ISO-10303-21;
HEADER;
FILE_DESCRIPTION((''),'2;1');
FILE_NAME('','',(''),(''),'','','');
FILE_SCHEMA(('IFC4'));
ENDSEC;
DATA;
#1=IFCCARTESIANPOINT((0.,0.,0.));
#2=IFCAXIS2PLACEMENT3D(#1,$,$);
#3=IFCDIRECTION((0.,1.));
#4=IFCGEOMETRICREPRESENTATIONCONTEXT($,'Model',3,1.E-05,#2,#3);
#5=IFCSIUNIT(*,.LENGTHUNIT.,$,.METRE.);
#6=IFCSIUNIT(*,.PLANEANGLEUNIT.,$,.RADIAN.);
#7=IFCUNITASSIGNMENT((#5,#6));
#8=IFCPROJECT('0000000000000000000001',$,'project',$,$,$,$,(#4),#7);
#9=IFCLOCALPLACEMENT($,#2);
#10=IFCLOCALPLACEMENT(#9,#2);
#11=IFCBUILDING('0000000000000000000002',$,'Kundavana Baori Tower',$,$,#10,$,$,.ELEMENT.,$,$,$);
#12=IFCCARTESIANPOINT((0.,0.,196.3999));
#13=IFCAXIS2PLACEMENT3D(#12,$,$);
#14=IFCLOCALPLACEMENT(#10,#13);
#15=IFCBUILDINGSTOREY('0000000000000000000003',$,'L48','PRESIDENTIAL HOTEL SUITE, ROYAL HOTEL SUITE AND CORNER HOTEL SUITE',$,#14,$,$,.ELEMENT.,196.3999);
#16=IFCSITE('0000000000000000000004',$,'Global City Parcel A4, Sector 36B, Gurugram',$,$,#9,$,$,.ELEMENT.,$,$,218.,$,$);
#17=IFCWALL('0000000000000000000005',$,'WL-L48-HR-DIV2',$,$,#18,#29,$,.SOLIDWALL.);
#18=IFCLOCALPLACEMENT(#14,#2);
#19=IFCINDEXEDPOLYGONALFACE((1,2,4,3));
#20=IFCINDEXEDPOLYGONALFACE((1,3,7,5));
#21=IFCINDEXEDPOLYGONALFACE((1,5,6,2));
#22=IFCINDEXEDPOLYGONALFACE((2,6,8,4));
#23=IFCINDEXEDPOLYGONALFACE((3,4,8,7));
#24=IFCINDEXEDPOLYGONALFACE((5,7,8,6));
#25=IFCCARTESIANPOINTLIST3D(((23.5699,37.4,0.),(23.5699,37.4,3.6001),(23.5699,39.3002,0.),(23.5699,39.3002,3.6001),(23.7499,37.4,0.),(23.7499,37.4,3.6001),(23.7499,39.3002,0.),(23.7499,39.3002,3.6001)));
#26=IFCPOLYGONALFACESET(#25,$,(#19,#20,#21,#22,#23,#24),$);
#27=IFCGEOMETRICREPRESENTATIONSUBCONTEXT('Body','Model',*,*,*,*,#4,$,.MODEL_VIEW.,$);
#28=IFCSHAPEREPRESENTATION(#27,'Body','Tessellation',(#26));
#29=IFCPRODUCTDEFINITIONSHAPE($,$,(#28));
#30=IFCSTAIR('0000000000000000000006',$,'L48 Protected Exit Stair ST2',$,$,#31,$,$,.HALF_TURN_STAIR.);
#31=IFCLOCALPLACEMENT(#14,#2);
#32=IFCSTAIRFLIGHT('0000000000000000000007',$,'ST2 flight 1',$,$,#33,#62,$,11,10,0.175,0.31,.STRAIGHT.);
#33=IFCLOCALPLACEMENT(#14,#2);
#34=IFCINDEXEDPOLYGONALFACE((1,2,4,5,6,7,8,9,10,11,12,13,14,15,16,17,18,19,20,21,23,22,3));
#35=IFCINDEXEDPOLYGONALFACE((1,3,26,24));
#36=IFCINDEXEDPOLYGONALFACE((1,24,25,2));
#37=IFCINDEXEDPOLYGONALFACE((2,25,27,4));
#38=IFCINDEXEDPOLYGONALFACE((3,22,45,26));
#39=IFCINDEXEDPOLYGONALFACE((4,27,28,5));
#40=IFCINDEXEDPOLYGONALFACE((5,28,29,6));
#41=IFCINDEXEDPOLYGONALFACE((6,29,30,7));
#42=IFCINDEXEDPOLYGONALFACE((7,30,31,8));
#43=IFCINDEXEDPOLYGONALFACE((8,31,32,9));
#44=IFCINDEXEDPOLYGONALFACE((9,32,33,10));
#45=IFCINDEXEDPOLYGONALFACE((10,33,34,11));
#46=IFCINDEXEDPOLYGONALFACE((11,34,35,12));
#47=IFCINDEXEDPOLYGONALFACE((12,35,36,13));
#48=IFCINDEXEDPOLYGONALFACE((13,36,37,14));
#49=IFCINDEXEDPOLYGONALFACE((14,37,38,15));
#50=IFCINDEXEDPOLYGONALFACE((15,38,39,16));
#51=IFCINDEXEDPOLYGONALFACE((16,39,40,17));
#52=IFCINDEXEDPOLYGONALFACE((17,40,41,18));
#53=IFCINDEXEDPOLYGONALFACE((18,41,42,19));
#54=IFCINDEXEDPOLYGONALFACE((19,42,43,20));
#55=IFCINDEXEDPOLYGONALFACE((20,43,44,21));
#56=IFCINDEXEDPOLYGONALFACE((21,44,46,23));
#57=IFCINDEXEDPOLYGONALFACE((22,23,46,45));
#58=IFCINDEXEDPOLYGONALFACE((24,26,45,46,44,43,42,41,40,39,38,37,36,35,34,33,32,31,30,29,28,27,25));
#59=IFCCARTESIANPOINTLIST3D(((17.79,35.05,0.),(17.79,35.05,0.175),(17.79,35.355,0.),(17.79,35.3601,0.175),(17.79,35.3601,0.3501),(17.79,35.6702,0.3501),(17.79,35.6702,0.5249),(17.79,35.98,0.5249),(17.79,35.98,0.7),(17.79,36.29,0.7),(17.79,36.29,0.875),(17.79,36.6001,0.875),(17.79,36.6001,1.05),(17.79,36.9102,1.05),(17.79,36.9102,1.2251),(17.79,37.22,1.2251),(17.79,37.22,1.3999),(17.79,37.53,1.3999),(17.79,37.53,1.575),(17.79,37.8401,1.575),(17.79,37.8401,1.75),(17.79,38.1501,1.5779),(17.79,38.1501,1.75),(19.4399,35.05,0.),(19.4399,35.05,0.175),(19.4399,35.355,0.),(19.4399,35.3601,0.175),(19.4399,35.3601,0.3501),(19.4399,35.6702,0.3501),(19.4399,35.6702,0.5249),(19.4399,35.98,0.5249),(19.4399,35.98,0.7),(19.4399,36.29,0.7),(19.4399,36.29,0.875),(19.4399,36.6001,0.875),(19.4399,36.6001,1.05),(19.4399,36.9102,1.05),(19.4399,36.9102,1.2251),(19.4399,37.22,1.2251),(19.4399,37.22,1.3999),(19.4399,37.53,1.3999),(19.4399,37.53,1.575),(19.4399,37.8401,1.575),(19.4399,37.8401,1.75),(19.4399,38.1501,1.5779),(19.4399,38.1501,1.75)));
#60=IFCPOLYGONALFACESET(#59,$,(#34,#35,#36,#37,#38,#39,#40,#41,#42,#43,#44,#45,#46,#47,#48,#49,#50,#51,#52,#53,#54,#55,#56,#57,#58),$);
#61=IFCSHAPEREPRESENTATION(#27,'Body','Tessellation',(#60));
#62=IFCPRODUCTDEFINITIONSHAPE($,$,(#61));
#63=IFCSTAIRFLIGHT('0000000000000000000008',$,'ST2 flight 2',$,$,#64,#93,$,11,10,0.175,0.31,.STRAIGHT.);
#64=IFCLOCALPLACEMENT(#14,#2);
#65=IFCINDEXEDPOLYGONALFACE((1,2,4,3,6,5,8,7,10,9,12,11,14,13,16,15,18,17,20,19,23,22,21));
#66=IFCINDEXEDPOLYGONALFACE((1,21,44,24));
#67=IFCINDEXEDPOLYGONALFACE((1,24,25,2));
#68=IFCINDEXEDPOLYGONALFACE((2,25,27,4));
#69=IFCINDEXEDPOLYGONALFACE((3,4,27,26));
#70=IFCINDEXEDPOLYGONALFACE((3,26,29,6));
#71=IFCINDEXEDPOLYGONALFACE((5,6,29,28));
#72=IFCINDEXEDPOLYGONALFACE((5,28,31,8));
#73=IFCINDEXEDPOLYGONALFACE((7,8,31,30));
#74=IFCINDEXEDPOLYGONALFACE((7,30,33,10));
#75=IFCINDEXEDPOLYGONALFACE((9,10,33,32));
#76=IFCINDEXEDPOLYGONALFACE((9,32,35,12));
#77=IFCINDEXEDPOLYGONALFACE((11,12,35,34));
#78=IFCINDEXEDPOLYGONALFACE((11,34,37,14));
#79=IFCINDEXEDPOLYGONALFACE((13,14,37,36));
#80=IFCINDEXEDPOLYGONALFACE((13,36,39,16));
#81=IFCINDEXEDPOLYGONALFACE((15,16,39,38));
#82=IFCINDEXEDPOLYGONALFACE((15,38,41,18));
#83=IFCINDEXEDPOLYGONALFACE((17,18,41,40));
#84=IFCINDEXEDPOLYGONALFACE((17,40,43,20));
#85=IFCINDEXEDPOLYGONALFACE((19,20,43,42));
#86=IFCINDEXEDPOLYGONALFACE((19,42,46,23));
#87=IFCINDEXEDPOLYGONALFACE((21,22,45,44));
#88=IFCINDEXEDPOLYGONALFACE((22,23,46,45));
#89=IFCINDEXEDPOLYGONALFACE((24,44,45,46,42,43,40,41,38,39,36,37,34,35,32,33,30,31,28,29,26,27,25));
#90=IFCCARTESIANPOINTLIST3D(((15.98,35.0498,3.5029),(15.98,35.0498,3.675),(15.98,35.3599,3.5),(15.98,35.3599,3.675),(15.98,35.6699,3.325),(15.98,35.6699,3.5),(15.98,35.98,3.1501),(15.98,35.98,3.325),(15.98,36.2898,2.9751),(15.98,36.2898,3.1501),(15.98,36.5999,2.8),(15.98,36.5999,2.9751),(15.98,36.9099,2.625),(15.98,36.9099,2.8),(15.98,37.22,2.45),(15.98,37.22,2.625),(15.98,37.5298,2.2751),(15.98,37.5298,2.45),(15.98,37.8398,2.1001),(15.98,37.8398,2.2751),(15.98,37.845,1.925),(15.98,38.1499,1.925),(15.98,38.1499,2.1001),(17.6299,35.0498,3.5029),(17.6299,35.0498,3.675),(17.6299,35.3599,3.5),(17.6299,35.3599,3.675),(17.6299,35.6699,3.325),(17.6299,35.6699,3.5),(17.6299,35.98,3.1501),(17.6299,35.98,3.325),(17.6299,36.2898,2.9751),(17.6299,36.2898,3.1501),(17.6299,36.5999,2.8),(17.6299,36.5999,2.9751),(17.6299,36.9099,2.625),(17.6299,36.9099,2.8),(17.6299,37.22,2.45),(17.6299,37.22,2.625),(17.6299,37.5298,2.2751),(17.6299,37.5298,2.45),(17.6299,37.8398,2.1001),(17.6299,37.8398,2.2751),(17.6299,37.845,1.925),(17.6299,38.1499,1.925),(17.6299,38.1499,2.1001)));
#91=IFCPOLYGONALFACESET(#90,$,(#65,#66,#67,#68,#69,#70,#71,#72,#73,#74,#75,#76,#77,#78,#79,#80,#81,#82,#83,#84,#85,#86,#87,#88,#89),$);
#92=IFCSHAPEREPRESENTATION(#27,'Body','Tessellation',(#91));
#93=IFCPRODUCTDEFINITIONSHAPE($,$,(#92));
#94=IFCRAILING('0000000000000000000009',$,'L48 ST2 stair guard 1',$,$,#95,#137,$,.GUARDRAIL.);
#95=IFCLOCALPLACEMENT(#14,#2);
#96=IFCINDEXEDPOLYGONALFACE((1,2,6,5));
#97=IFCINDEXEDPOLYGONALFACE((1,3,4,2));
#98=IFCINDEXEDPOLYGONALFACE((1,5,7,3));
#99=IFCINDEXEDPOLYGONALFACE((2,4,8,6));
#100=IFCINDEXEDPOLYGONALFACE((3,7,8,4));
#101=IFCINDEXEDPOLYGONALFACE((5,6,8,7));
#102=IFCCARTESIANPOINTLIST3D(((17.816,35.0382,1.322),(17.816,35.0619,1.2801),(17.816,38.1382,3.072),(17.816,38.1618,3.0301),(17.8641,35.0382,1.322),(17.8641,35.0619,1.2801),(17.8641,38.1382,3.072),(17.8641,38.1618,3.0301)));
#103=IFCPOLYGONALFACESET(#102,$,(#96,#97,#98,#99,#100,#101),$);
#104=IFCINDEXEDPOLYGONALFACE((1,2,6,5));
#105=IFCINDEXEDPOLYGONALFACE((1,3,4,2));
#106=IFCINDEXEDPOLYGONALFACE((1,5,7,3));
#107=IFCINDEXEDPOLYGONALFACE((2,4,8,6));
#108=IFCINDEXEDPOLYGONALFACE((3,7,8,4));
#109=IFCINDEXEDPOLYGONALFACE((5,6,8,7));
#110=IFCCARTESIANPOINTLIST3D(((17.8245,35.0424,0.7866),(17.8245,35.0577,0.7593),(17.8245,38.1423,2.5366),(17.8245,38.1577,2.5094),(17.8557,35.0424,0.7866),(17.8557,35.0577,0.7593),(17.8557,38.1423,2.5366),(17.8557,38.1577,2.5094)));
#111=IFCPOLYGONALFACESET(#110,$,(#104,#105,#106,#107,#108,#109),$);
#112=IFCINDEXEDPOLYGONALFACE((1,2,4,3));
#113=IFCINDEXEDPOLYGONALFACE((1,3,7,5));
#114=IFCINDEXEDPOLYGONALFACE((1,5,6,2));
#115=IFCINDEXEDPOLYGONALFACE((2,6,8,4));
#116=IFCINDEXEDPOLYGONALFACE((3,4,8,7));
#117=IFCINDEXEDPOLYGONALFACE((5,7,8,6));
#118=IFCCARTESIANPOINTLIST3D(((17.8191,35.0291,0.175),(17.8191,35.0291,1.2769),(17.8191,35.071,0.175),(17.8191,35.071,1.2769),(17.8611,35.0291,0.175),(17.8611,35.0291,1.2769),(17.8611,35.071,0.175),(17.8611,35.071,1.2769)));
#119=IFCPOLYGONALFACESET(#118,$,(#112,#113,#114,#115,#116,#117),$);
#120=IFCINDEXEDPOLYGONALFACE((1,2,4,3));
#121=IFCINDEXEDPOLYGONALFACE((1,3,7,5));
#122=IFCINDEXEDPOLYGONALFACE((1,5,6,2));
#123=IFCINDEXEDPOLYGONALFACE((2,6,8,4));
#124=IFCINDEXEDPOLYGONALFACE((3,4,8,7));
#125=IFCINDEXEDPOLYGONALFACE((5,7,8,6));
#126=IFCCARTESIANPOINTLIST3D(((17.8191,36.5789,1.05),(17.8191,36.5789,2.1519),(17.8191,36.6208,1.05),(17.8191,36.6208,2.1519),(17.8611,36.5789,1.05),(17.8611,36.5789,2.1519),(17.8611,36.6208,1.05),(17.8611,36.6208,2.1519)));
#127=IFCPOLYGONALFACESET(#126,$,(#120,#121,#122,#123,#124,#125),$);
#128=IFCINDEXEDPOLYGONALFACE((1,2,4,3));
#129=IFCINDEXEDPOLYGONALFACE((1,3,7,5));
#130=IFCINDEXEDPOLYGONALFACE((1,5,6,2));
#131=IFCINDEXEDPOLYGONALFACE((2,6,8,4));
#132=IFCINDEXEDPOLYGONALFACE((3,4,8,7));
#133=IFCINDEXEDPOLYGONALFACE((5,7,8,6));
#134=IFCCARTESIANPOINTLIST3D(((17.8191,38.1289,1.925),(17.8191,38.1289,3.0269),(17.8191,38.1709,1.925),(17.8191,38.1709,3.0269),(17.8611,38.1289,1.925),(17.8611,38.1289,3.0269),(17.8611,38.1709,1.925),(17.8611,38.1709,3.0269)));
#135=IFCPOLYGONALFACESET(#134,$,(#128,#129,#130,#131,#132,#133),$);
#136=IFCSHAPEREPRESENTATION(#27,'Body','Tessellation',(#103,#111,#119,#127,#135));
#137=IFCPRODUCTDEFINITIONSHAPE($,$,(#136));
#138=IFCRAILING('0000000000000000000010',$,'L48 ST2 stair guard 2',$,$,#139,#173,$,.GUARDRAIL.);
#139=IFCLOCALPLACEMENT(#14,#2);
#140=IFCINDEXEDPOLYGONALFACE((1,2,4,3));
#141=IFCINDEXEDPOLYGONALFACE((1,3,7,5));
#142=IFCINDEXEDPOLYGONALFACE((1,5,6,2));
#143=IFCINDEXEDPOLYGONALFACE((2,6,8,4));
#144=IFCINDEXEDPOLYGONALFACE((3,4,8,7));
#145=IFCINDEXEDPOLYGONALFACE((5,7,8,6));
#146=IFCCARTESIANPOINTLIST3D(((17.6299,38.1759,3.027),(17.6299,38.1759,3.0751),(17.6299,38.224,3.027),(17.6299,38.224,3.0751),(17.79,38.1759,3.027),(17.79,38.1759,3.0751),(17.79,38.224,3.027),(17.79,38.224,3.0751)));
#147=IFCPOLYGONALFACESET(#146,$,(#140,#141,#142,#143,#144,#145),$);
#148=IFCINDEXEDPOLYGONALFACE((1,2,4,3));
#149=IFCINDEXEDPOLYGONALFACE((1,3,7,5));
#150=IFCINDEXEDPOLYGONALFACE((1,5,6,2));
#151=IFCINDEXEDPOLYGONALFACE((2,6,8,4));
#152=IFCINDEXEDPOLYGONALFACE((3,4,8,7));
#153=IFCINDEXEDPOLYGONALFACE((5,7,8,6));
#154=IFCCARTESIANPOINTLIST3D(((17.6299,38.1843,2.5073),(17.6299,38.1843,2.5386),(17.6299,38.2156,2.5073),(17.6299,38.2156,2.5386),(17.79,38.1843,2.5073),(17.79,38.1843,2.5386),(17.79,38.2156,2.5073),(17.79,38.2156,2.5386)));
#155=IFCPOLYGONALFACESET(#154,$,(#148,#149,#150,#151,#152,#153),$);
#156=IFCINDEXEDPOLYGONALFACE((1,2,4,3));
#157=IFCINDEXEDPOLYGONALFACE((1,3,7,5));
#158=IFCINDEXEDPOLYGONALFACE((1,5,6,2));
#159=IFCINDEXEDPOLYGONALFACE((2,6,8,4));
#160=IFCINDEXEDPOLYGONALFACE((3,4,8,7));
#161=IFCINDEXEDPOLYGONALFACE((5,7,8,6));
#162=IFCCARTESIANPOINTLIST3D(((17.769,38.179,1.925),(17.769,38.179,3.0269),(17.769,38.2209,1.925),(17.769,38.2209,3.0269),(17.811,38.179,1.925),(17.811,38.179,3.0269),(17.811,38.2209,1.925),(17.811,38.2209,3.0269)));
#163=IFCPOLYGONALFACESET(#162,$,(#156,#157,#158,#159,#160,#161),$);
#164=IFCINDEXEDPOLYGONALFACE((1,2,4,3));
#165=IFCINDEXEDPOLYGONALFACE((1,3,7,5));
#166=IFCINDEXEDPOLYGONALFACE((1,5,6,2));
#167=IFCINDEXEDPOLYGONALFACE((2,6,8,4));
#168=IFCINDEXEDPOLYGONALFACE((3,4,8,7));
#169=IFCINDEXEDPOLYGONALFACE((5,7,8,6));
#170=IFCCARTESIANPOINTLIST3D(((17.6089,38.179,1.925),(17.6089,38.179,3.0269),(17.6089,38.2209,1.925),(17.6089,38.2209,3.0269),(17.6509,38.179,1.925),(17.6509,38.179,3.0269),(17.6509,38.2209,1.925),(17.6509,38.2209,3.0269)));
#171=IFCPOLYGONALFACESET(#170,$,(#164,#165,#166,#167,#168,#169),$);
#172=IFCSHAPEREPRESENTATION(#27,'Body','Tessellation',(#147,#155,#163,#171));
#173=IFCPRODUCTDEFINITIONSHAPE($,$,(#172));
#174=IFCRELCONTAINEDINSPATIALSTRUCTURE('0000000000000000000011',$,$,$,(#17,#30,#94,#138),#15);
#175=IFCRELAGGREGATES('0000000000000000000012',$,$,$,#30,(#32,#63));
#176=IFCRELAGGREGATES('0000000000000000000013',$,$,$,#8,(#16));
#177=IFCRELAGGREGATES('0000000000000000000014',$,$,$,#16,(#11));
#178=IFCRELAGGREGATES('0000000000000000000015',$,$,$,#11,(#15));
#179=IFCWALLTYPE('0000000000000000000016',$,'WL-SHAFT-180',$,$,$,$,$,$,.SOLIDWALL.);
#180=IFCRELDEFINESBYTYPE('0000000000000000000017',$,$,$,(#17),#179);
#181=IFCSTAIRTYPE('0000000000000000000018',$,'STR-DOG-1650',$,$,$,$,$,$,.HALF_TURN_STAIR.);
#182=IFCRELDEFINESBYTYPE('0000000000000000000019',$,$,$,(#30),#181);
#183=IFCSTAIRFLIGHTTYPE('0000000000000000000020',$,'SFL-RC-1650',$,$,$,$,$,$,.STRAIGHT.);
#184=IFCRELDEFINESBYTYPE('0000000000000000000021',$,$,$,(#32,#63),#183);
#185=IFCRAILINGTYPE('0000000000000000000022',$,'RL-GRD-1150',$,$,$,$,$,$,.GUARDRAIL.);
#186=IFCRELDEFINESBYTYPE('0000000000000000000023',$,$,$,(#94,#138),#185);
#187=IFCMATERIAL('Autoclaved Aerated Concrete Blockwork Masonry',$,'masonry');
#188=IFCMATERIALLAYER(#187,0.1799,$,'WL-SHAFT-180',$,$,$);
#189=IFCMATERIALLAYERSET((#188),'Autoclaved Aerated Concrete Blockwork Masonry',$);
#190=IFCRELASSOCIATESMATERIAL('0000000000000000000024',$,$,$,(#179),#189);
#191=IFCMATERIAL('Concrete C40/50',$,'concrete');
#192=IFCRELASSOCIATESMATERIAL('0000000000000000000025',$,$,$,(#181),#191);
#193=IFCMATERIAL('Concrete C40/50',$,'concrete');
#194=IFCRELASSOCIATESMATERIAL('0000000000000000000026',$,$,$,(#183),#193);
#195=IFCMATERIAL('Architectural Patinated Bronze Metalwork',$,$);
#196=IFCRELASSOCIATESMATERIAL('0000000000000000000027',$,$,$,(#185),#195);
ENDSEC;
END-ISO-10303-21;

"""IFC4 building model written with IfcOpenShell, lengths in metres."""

from ifc_helpers import new_model, si_unit, direction, frame, frame_2d, origin, origin_2d, place, context, subcontext, project, spatial, polyline, rectangle, outline, extrude, material, layer, layer_set, type_object, element, aggregate, save


model = new_model("IFC4")

# Units and contexts
model_context = context("Model", 3, precision=1e-05, world=origin(), true_north=direction((0.0, 1.0)))
body_context = subcontext(model_context, "Body", "Model", "MODEL_VIEW")
ifc_project = project(units=[si_unit("LENGTHUNIT", "METRE"), si_unit("PLANEANGLEUNIT", "RADIAN")], contexts=[model_context])

# Site, building, storey
site_placement = place(None, origin())
site = spatial("IfcSite", under=ifc_project, at=site_placement, Name="Global City Parcel A4, Sector 36B, Gurugram", CompositionType="ELEMENT", RefElevation=218.0)
building_placement = place(site_placement, origin())
building = spatial("IfcBuilding", under=site, at=building_placement, Name="Kundavana Baori Tower", CompositionType="ELEMENT")
storey_placement = place(building_placement, frame((0.0, 0.0, 196.3999)))
storey = spatial("IfcBuildingStorey", under=building, at=storey_placement, Name="L48", Description="PRESIDENTIAL HOTEL SUITE, ROYAL HOTEL SUITE AND CORNER HOTEL SUITE", CompositionType="ELEMENT", Elevation=196.3999)

# Shared definitions
ifc_material_1 = material(Name="Autoclaved Aerated Concrete Blockwork Masonry", Category="masonry")
ifc_layer_1 = layer(ifc_material_1, 0.1799, Name="WL-SHAFT-180")
ifc_layer_set_1 = layer_set([ifc_layer_1], Name="Autoclaved Aerated Concrete Blockwork Masonry")
wall_type_1 = type_object("IfcWallType", Name="WL-SHAFT-180", PredefinedType="SOLIDWALL", material=ifc_layer_set_1)

# Wall
wall_1_placement = place(storey_placement, frame((23.6599, 37.3999, 0.0), z_axis=(0.0, 0.0, 1.0), x_axis=(0.0, 1.0, 0.0)))
element("IfcWall", 1, at=wall_1_placement, inside=storey, type_object=wall_type_1, Name="WL-L48-HR-DIV2", PredefinedType="SOLIDWALL", context=body_context, shape_type="SweptSolid", body=[
    extrude(rectangle(XDim=1.9001, YDim=0.1799, at=frame_2d((0.9502, 0.0))), origin(), (0.0, 0.0, 1.0), 3.6001),
])

# Stair, stair flights
ifc_material_2 = material(Name="Concrete C40/50", Category="concrete")
stair_type = type_object("IfcStairType", Name="STR-DOG-1650", PredefinedType="HALF_TURN_STAIR", material=ifc_material_2)
stair_placement = place(storey_placement, origin())
stair = element("IfcStair", 2, at=stair_placement, inside=storey, type_object=stair_type, Name="L48 Protected Exit Stair ST2", PredefinedType="HALF_TURN_STAIR")
ifc_material_3 = material(Name="Concrete C40/50", Category="concrete")
stair_flight_type = type_object("IfcStairFlightType", Name="SFL-RC-1650", PredefinedType="STRAIGHT", material=ifc_material_3)
stair_flight_1_placement = place(storey_placement, frame((18.615, 35.05, 0.0), z_axis=(0.0, 0.0, 1.0), x_axis=(0.0, 1.0, 0.0)))
stair_flight_1 = element("IfcStairFlight", 3, at=stair_flight_1_placement, type_object=stair_flight_type, Name="ST2 flight 1", NumberOfRisers=11, NumberOfTreads=10, PredefinedType="STRAIGHT", RiserHeight=0.175, TreadLength=0.31, context=body_context, shape_type="SweptSolid", body=[
    extrude(outline(polyline([(0.0, 0.0), (0.0, 0.175), (0.3101, 0.175), (0.3101, 0.3501), (0.6201, 0.3501), (0.6201, 0.5249), (0.9299, 0.5249), (0.9299, 0.7), (1.24, 0.7), (1.24, 0.875), (1.55, 0.875), (1.55, 1.05), (1.8601, 1.05), (1.8601, 1.2251), (2.1699, 1.2251), (2.1699, 1.3999), (2.48, 1.3999), (2.48, 1.575), (2.79, 1.575), (2.79, 1.75), (3.1001, 1.75), (3.1001, 1.925), (3.1001, 1.5779), (0.3049, 0.0), (0.0, 0.0)])), frame((0.0, 0.825, 0.0), z_axis=(0.0, -1.0, 0.0), x_axis=(1.0, 0.0, 0.0)), (0.0, 0.0, 1.0), 1.6499),
])
stair_flight_2_placement = place(storey_placement, frame((16.8049, 38.1499, 1.925), z_axis=(0.0, 0.0, 1.0), x_axis=(0.0, -1.0, 0.0)))
stair_flight_2 = element("IfcStairFlight", 4, at=stair_flight_2_placement, type_object=stair_flight_type, Name="ST2 flight 2", NumberOfRisers=11, NumberOfTreads=10, PredefinedType="STRAIGHT", RiserHeight=0.175, TreadLength=0.31, context=body_context, shape_type="SweptSolid", body=[
    extrude(outline(polyline([(0.0, 0.0), (0.0, 0.175), (0.3101, 0.175), (0.3101, 0.3501), (0.6201, 0.3501), (0.6201, 0.5249), (0.9299, 0.5249), (0.9299, 0.7), (1.24, 0.7), (1.24, 0.875), (1.55, 0.875), (1.55, 1.05), (1.8601, 1.05), (1.8601, 1.2251), (2.1699, 1.2251), (2.1699, 1.3999), (2.48, 1.3999), (2.48, 1.575), (2.79, 1.575), (2.79, 1.75), (3.1001, 1.75), (3.1001, 1.925), (3.1001, 1.5779), (0.3049, 0.0), (0.0, 0.0)])), frame((0.0, 0.825, 0.0), z_axis=(0.0, -1.0, 0.0), x_axis=(1.0, 0.0, 0.0)), (0.0, 0.0, 1.0), 1.6499),
])
aggregate(stair, [stair_flight_1, stair_flight_2])

# Railings
ifc_material_4 = material(Name="Architectural Patinated Bronze Metalwork")
railing_type_1 = type_object("IfcRailingType", Name="RL-GRD-1150", PredefinedType="GUARDRAIL", material=ifc_material_4)
railing_1_placement = place(storey_placement, frame((17.8401, 35.05, 0.175)))
element("IfcRailing", 5, at=railing_1_placement, inside=storey, type_object=railing_type_1, Name="L48 ST2 stair guard 1", PredefinedType="GUARDRAIL", context=body_context, shape_type="SweptSolid", body=[
    extrude(rectangle(XDim=0.0481, YDim=0.0481, at=origin_2d()), frame((0.0, 0.0, 1.126), z_axis=(0.0, 0.870814, 0.491612), x_axis=(-1.0, 0.0, 0.0)), (0.0, 0.0, 1.0), 3.5598),
    extrude(rectangle(XDim=0.0312, YDim=0.0312, at=origin_2d()), frame((0.0, 0.0, 0.5979), z_axis=(0.0, 0.870814, 0.491612), x_axis=(-1.0, 0.0, 0.0)), (0.0, 0.0, 1.0), 3.5598),
    extrude(rectangle(XDim=0.042, YDim=0.042, at=origin_2d()), origin(), (0.0, 0.0, 1.0), 1.1018),
    extrude(rectangle(XDim=0.042, YDim=0.042, at=origin_2d()), frame((0.0, 1.5498, 0.875)), (0.0, 0.0, 1.0), 1.1018),
    extrude(rectangle(XDim=0.042, YDim=0.042, at=origin_2d()), frame((0.0, 3.0999, 1.75)), (0.0, 0.0, 1.0), 1.1018),
])
railing_2_placement = place(storey_placement, frame((17.79, 38.2, 1.925)))
element("IfcRailing", 6, at=railing_2_placement, inside=storey, type_object=railing_type_1, Name="L48 ST2 stair guard 2", PredefinedType="GUARDRAIL", context=body_context, shape_type="SweptSolid", body=[
    extrude(rectangle(XDim=0.0481, YDim=0.0481, at=origin_2d()), frame((0.0, 0.0, 1.126), z_axis=(-1.0, 0.0, 0.0), x_axis=(0.0, -1.0, 0.0)), (0.0, 0.0, 1.0), 0.1602),
    extrude(rectangle(XDim=0.0312, YDim=0.0312, at=origin_2d()), frame((0.0, 0.0, 0.5979), z_axis=(-1.0, 0.0, 0.0), x_axis=(0.0, -1.0, 0.0)), (0.0, 0.0, 1.0), 0.1602),
    extrude(rectangle(XDim=0.042, YDim=0.042, at=origin_2d()), origin(), (0.0, 0.0, 1.0), 1.1018),
    extrude(rectangle(XDim=0.042, YDim=0.042, at=origin_2d()), frame((-0.1602, 0.0, 0.0)), (0.0, 0.0, 1.0), 1.1018),
])

save(model, "model.ifc")
